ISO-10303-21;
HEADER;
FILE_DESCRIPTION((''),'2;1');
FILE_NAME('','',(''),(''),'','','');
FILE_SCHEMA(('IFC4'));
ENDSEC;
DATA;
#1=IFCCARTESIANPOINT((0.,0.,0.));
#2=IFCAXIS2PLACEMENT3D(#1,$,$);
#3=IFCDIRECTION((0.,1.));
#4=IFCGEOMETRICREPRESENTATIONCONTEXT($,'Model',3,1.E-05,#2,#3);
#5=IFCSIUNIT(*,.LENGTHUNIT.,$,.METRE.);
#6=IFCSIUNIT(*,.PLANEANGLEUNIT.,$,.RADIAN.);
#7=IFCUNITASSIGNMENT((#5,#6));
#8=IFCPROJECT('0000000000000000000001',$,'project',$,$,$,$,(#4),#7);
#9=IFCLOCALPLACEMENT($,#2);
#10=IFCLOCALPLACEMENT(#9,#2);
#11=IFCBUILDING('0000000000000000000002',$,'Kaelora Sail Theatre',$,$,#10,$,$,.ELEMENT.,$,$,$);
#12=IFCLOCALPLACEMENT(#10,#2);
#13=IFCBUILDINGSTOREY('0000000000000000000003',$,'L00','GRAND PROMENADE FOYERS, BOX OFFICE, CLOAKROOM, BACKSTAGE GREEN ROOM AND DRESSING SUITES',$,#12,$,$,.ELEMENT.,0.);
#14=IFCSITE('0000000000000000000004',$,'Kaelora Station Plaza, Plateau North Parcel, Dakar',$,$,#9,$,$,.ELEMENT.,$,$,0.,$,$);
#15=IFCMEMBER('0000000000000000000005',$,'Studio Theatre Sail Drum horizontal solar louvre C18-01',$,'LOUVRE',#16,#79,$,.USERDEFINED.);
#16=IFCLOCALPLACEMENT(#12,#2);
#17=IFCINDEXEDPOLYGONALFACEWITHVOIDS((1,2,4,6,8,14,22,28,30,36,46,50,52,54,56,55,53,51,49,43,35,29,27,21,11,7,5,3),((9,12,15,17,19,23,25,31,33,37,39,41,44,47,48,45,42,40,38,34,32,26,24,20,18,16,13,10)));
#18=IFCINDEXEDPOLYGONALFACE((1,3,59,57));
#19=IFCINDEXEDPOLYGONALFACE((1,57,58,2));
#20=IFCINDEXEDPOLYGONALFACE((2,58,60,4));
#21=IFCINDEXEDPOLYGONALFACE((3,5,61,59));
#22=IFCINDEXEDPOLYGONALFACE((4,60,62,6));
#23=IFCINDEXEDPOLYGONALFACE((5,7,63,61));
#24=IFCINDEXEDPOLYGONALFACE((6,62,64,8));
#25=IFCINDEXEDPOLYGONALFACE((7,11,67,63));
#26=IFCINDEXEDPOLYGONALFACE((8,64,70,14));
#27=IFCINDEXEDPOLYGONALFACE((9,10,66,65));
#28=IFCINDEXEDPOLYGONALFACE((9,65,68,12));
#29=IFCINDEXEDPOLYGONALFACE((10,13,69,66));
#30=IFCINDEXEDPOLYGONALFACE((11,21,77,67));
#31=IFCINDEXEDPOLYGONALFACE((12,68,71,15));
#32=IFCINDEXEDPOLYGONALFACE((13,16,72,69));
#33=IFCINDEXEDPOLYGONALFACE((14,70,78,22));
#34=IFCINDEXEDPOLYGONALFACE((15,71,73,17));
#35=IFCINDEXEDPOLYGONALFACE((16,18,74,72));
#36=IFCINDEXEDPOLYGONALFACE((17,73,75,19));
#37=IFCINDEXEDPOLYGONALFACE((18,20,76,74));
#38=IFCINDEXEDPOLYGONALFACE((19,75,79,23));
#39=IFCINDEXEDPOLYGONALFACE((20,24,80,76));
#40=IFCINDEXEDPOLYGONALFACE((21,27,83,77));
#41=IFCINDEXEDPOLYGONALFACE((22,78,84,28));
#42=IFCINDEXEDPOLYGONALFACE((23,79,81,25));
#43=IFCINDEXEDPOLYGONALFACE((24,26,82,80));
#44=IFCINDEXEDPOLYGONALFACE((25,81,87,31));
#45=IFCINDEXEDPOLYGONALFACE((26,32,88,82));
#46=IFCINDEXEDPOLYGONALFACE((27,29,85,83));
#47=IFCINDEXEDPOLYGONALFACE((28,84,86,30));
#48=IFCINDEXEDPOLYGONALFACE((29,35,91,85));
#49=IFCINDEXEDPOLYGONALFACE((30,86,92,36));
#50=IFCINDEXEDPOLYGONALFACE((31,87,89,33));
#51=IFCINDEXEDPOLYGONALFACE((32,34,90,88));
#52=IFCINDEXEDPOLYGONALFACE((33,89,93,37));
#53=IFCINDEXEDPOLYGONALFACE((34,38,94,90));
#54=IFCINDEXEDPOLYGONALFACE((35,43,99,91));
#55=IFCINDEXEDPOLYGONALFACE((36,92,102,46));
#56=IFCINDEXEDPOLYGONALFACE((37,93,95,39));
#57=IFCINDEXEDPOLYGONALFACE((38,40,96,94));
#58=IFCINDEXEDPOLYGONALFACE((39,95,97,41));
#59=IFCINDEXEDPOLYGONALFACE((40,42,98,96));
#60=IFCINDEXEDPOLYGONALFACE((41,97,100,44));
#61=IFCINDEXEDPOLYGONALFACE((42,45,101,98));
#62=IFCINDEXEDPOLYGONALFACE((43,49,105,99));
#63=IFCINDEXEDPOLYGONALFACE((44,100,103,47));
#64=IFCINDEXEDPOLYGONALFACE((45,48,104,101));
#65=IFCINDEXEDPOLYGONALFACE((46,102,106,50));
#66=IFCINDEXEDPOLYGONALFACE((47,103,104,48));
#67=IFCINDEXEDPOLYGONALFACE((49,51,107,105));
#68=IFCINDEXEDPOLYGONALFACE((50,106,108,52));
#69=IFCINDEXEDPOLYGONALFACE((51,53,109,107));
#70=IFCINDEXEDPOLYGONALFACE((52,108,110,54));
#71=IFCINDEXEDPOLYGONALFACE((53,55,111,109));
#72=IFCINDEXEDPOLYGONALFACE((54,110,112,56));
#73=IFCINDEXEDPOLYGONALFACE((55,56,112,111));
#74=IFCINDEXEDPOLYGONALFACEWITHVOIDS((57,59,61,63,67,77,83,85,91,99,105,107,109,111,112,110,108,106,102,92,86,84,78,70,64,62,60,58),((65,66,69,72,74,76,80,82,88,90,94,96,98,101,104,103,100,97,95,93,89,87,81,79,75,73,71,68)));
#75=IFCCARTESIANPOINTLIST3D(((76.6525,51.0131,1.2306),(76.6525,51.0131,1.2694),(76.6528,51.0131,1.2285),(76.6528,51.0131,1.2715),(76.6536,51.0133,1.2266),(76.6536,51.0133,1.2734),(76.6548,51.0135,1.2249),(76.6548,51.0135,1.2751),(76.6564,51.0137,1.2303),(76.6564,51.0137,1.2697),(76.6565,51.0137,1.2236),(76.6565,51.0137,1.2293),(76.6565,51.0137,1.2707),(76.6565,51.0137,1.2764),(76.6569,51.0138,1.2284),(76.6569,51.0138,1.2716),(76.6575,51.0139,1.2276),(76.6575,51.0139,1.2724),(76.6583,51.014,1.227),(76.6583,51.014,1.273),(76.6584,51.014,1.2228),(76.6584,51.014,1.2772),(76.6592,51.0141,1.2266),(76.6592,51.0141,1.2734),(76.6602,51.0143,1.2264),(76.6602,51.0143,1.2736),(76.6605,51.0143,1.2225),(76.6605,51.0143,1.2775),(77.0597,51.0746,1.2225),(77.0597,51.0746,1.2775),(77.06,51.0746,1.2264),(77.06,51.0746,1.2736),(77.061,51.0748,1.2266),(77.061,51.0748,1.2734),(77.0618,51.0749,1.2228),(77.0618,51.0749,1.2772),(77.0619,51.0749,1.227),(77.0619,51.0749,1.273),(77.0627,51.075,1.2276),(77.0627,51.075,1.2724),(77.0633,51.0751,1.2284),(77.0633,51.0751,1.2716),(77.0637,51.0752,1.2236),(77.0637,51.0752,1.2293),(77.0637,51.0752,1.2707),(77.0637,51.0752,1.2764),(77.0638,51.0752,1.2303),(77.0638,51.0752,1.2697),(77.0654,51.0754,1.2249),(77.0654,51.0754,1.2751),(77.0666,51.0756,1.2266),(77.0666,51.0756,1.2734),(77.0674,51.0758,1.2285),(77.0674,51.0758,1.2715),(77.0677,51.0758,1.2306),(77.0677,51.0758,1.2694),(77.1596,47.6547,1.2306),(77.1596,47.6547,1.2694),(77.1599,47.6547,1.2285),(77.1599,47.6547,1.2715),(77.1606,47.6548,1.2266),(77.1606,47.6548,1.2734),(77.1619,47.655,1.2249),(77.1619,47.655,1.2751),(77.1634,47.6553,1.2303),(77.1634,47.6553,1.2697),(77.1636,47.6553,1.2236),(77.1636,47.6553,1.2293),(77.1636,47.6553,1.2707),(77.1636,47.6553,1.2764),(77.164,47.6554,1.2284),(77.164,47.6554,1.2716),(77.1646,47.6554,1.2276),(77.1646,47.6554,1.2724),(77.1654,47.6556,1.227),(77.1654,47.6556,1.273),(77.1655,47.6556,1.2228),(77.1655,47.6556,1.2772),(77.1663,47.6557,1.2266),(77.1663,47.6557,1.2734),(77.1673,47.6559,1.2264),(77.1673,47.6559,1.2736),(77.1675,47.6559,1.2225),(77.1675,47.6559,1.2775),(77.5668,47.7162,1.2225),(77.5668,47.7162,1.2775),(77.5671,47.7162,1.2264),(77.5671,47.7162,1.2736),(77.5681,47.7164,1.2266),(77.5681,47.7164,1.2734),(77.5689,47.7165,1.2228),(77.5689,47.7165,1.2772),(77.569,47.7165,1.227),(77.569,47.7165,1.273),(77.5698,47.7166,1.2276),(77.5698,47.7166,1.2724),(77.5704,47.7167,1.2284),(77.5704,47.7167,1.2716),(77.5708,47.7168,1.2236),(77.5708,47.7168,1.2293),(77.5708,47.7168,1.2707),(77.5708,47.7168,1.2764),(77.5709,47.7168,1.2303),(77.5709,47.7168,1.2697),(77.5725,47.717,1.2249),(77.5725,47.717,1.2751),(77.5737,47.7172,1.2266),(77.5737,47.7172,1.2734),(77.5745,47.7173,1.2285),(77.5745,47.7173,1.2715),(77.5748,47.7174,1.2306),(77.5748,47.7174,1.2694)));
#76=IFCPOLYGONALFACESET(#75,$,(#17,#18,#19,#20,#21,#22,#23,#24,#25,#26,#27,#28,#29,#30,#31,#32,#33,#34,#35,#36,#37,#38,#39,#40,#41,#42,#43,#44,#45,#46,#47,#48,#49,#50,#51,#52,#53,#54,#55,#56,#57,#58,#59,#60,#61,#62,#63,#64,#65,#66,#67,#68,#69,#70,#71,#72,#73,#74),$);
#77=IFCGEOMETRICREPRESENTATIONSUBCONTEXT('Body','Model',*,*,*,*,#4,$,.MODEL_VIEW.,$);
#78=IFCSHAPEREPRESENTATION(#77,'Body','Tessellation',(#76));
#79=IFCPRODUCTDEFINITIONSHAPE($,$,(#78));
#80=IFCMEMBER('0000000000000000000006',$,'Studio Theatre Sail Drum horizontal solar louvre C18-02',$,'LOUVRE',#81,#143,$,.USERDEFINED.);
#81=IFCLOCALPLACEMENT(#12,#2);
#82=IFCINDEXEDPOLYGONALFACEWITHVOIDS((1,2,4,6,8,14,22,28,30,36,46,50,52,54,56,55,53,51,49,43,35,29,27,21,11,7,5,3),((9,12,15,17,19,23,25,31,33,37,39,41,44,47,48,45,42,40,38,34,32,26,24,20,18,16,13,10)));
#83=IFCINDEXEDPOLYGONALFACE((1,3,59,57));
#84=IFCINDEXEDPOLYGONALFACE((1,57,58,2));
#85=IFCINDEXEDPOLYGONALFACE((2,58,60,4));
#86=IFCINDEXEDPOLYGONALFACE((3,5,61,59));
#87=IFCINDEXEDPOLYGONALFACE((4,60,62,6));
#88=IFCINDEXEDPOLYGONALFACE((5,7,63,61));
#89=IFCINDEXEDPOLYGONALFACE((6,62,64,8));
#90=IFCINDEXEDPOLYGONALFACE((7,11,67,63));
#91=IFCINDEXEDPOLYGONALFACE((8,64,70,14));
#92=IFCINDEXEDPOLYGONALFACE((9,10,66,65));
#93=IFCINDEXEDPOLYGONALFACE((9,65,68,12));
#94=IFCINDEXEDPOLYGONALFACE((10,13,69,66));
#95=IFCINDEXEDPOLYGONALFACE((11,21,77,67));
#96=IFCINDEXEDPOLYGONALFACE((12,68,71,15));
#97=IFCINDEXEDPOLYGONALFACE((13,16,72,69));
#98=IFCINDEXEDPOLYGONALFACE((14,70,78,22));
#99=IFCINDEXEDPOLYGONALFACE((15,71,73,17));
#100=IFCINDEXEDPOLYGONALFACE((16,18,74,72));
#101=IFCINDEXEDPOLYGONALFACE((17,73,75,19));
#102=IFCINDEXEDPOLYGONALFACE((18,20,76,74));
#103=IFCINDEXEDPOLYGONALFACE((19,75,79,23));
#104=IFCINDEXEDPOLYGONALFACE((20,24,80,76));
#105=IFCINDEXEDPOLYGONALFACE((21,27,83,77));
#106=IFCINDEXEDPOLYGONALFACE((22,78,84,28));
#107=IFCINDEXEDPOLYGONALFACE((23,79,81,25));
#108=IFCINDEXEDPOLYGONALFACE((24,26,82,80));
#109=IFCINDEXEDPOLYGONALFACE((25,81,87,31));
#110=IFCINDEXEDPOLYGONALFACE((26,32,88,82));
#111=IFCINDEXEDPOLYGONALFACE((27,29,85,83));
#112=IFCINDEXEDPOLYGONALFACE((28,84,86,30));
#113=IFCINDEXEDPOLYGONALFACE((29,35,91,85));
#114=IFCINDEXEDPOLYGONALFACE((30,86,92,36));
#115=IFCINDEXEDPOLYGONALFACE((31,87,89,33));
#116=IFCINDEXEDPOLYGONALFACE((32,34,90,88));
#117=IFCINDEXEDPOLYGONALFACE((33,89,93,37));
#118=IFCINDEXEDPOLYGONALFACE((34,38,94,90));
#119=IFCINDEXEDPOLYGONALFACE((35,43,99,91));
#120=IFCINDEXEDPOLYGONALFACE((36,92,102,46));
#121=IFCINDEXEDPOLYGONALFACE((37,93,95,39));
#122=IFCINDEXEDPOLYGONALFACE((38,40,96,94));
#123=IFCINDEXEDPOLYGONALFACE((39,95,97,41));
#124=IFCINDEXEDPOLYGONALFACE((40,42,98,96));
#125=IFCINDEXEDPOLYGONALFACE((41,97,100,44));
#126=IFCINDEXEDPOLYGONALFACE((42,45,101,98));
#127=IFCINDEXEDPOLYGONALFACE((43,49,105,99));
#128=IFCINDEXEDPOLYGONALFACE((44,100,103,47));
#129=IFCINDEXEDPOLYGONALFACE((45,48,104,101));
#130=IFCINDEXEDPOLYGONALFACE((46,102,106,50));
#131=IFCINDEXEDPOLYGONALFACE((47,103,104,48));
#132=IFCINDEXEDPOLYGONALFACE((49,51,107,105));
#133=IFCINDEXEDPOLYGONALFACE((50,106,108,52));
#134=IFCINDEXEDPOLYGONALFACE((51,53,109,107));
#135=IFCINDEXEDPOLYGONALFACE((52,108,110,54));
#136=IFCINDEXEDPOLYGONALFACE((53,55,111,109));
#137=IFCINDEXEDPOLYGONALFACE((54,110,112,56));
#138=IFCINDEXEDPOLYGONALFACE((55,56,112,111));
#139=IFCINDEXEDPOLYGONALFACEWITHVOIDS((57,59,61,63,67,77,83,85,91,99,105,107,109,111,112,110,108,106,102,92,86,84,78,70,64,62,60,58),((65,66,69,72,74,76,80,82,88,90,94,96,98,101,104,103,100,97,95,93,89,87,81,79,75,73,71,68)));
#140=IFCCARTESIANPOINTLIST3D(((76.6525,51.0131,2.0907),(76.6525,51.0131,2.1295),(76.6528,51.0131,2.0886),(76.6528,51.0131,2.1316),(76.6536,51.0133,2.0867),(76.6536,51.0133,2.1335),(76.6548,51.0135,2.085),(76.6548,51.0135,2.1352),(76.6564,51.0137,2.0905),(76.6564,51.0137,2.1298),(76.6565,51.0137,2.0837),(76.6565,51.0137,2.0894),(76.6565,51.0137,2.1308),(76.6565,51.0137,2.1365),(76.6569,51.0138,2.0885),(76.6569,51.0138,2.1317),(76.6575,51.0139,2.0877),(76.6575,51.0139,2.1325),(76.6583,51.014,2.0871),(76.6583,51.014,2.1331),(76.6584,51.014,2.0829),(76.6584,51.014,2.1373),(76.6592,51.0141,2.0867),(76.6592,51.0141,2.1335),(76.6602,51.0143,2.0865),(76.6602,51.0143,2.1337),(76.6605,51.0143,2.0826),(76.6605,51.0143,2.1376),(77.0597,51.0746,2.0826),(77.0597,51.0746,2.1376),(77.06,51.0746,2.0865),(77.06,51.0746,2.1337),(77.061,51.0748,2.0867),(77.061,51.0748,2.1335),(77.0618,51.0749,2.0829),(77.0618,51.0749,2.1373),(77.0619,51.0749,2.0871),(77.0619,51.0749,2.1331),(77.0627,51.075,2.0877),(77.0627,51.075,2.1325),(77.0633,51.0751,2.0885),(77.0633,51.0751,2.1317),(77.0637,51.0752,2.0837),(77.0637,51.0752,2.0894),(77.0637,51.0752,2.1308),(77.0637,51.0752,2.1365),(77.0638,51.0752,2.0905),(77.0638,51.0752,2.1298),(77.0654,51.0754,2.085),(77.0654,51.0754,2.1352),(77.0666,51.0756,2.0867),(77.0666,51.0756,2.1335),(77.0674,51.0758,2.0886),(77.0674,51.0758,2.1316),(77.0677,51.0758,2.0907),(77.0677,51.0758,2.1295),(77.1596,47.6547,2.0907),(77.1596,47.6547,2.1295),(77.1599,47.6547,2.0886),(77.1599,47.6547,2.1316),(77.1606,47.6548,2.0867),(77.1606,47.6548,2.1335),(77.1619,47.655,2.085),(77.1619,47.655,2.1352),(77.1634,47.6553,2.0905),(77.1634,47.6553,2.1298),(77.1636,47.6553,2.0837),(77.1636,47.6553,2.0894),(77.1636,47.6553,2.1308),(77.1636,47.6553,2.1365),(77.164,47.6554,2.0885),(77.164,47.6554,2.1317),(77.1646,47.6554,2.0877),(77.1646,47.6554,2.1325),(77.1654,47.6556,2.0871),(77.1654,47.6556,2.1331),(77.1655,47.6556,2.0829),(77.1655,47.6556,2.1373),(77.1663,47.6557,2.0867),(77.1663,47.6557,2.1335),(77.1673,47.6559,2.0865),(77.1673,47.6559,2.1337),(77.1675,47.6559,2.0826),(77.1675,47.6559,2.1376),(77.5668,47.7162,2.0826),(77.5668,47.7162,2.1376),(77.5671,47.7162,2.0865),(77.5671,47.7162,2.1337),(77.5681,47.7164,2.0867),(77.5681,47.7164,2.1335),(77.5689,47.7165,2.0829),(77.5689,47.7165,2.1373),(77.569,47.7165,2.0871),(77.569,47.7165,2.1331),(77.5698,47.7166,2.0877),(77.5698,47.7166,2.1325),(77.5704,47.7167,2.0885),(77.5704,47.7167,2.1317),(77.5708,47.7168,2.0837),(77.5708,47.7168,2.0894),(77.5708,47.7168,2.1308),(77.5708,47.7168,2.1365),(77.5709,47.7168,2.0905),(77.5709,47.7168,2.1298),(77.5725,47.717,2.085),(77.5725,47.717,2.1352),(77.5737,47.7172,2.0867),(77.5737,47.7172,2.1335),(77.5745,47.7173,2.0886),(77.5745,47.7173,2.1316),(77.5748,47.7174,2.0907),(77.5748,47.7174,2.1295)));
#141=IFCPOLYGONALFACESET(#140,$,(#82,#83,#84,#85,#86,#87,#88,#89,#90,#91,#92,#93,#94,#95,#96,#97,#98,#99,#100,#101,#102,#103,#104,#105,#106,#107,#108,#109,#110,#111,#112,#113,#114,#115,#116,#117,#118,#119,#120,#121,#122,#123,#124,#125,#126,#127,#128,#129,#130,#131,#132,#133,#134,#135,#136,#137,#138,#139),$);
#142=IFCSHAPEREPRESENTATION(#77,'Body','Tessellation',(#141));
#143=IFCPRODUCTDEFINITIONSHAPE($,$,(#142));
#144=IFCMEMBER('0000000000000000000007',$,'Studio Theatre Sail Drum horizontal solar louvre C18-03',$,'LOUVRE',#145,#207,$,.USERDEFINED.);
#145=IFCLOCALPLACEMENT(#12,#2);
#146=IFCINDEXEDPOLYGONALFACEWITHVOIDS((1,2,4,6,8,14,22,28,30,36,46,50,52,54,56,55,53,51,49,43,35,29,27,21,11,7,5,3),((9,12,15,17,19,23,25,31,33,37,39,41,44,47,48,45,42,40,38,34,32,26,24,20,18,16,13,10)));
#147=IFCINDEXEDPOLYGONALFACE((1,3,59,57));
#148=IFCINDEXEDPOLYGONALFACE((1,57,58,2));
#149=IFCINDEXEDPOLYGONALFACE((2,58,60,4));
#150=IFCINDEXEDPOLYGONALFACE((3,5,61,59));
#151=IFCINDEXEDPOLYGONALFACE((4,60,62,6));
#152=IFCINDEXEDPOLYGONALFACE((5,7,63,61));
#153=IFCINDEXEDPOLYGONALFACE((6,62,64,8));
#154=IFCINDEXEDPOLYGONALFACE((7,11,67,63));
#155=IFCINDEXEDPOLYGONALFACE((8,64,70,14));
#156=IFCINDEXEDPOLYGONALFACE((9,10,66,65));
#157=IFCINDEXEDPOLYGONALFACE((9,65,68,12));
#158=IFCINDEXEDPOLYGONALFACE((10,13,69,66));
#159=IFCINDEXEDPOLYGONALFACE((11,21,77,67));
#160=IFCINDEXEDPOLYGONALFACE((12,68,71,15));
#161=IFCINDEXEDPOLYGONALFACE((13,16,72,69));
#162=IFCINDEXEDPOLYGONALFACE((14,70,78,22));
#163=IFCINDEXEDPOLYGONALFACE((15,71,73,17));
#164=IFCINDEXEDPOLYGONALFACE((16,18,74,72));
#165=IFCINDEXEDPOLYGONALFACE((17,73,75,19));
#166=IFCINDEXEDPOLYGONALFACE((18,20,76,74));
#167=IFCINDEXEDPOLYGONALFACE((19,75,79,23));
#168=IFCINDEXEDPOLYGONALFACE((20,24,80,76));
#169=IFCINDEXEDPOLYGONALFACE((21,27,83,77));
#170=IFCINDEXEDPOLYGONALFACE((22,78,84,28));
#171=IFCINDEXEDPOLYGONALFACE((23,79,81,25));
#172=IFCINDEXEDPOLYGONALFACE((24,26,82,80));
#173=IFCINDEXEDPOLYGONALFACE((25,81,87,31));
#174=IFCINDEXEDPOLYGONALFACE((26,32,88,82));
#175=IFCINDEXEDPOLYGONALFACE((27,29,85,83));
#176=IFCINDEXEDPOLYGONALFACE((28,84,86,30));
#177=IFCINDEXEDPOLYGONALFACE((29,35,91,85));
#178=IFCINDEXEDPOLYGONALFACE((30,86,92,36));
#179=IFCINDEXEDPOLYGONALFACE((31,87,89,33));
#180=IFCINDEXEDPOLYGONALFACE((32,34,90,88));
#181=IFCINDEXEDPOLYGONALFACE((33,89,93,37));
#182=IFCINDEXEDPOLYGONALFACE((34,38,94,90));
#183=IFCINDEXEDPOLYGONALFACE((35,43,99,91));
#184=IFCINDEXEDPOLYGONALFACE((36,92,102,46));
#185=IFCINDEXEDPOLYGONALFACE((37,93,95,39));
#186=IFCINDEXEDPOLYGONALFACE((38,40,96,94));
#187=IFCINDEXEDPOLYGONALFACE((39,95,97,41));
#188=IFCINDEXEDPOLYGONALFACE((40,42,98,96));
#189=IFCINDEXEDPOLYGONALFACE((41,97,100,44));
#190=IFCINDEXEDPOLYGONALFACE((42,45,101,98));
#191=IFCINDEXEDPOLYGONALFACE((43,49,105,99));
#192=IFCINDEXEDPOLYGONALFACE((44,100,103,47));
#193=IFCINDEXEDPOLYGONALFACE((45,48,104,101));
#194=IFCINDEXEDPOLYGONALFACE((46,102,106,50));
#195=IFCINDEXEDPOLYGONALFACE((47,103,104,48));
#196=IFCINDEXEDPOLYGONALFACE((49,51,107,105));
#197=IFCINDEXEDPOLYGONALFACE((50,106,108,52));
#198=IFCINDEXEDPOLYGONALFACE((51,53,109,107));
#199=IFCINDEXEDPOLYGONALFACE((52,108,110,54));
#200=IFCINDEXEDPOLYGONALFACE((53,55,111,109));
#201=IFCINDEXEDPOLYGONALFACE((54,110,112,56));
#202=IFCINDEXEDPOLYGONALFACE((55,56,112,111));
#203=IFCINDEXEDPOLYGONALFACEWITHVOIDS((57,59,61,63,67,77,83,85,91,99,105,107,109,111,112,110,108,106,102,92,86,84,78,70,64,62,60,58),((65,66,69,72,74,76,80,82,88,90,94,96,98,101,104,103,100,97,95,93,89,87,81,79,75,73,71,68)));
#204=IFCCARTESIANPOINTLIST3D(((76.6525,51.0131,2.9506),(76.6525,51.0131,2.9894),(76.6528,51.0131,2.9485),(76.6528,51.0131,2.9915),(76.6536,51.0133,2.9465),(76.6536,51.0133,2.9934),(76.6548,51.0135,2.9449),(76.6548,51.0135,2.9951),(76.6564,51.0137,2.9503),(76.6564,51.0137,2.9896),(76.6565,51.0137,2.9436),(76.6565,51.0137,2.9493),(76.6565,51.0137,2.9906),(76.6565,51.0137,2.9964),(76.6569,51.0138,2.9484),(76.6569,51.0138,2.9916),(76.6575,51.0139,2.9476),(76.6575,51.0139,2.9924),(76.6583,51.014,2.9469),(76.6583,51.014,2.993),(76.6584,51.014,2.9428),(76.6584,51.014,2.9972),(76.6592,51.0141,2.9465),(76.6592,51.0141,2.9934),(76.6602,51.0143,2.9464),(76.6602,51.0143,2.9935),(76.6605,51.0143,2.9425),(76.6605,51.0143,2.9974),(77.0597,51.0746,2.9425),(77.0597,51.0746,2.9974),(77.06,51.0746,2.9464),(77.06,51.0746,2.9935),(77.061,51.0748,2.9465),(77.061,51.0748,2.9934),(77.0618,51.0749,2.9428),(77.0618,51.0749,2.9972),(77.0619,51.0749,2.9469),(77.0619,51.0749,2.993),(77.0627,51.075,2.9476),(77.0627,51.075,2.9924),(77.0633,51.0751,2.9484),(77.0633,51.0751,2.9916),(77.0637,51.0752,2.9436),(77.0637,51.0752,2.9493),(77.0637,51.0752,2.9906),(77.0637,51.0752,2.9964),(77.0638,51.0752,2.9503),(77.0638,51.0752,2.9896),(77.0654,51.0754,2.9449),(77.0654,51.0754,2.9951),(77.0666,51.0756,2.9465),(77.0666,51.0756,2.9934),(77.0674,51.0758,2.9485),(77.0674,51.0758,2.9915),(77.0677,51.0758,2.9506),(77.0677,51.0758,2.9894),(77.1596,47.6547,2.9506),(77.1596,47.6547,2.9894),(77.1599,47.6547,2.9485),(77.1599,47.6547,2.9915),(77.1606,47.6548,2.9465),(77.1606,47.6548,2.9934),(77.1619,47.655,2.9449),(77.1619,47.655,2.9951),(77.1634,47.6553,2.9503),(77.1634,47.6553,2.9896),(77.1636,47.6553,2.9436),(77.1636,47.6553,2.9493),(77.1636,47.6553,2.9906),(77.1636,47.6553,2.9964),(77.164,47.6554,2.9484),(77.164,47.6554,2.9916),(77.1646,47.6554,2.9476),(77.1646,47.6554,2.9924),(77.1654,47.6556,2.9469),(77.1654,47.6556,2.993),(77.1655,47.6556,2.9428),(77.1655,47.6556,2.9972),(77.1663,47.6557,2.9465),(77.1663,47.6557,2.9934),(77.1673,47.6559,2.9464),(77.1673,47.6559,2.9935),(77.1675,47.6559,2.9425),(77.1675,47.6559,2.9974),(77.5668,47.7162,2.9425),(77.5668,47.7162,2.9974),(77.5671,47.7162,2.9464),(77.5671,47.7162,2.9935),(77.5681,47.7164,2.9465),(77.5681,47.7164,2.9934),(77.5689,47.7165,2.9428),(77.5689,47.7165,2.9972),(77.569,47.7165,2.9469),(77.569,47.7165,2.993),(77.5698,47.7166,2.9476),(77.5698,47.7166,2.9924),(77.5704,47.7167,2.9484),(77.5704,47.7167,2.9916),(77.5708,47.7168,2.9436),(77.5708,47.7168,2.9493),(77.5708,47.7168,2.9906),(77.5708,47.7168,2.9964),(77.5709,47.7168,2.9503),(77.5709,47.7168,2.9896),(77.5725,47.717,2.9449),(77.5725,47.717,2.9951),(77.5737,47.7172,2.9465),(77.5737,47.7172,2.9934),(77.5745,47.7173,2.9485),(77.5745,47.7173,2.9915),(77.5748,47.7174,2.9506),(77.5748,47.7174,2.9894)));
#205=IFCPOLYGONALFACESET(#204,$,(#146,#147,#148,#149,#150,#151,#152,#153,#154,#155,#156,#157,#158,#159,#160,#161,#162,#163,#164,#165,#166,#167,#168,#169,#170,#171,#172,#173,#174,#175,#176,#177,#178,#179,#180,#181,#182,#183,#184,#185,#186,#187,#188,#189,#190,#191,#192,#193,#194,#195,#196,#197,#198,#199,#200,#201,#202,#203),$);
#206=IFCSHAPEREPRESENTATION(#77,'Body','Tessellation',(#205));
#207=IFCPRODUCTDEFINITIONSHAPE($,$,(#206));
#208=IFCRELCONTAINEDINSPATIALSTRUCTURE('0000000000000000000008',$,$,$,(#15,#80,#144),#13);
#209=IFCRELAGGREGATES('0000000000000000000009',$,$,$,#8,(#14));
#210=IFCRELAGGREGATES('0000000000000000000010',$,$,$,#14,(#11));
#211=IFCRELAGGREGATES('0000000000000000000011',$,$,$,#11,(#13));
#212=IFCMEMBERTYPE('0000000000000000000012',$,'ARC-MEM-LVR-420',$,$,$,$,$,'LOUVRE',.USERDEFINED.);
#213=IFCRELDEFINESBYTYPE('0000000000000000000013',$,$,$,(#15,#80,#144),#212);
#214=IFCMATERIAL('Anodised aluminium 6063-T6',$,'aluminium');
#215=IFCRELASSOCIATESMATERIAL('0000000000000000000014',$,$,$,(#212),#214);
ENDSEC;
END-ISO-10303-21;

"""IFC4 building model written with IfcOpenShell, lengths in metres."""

from ifc_helpers import new_model, si_unit, direction, frame, origin, origin_2d, place, context, subcontext, project, spatial, hollow_rectangle, extrude, material, material_profile, profile_set, type_object, element, save


model = new_model("IFC4")

# Units and contexts
model_context = context("Model", 3, precision=1e-05, world=origin(), true_north=direction((0.0, 1.0)))
body_context = subcontext(model_context, "Body", "Model", "MODEL_VIEW")
ifc_project = project(units=[si_unit("LENGTHUNIT", "METRE"), si_unit("PLANEANGLEUNIT", "RADIAN")], contexts=[model_context])

# Site, building, storey
site_placement = place(None, origin())
site = spatial("IfcSite", under=ifc_project, at=site_placement, Name="Kaelora Station Plaza, Plateau North Parcel, Dakar", CompositionType="ELEMENT", RefElevation=0.0)
building_placement = place(site_placement, origin())
building = spatial("IfcBuilding", under=site, at=building_placement, Name="Kaelora Sail Theatre", CompositionType="ELEMENT")
storey_placement = place(building_placement, origin())
storey = spatial("IfcBuildingStorey", under=building, at=storey_placement, Name="L00", Description="GRAND PROMENADE FOYERS, BOX OFFICE, CLOAKROOM, BACKSTAGE GREEN ROOM AND DRESSING SUITES", CompositionType="ELEMENT", Elevation=0.0)

# Members
ifc_material_1 = material(Name="Anodised aluminium 6063-T6", Category="aluminium")
ifc_material_profile_1 = material_profile(ifc_material_1, hollow_rectangle(XDim=0.4199, YDim=0.0549, WallThickness=0.0039, InnerFilletRadius=0.0039, OuterFilletRadius=0.0081, at=origin_2d()), Name="LOUVRE 420x55x4")
ifc_profile_set_1 = profile_set([ifc_material_profile_1], Name="Anodised aluminium 6063-T6")
member_type_1 = type_object("IfcMemberType", Name="ARC-MEM-LVR-420", ElementType="LOUVRE", PredefinedType="USERDEFINED", material=ifc_profile_set_1)
for number, where, z_axis, x_axis, name in (
    (1, (77.3672, 47.686, 1.25), (-0.149296, 0.988792, 0.0), (-0.988792, -0.149296, 0.0), "Studio Theatre Sail Drum horizontal solar louvre C18-01"),
    (2, (77.3672, 47.686, 2.1101), (-0.149296, 0.988792, 0.0), (-0.988792, -0.149296, 0.0), "Studio Theatre Sail Drum horizontal solar louvre C18-02"),
    (3, (77.3672, 47.686, 2.97), (-0.149296, 0.988792, 0.0), (-0.988792, -0.149296, 0.0), "Studio Theatre Sail Drum horizontal solar louvre C18-03"),
):
    element("IfcMember", number, at=place(storey_placement, frame(where, z_axis=z_axis, x_axis=x_axis)), inside=storey, type_object=member_type_1, Name=name, ObjectType="LOUVRE", PredefinedType="USERDEFINED", context=body_context, shape_type="SweptSolid", body=[
        extrude(hollow_rectangle(XDim=0.4199, YDim=0.0549, WallThickness=0.0039, InnerFilletRadius=0.0039, OuterFilletRadius=0.0081, at=origin_2d()), origin(), (0.0, 0.0, 1.0), 3.3965),
    ])

save(model, "model.ifc")
